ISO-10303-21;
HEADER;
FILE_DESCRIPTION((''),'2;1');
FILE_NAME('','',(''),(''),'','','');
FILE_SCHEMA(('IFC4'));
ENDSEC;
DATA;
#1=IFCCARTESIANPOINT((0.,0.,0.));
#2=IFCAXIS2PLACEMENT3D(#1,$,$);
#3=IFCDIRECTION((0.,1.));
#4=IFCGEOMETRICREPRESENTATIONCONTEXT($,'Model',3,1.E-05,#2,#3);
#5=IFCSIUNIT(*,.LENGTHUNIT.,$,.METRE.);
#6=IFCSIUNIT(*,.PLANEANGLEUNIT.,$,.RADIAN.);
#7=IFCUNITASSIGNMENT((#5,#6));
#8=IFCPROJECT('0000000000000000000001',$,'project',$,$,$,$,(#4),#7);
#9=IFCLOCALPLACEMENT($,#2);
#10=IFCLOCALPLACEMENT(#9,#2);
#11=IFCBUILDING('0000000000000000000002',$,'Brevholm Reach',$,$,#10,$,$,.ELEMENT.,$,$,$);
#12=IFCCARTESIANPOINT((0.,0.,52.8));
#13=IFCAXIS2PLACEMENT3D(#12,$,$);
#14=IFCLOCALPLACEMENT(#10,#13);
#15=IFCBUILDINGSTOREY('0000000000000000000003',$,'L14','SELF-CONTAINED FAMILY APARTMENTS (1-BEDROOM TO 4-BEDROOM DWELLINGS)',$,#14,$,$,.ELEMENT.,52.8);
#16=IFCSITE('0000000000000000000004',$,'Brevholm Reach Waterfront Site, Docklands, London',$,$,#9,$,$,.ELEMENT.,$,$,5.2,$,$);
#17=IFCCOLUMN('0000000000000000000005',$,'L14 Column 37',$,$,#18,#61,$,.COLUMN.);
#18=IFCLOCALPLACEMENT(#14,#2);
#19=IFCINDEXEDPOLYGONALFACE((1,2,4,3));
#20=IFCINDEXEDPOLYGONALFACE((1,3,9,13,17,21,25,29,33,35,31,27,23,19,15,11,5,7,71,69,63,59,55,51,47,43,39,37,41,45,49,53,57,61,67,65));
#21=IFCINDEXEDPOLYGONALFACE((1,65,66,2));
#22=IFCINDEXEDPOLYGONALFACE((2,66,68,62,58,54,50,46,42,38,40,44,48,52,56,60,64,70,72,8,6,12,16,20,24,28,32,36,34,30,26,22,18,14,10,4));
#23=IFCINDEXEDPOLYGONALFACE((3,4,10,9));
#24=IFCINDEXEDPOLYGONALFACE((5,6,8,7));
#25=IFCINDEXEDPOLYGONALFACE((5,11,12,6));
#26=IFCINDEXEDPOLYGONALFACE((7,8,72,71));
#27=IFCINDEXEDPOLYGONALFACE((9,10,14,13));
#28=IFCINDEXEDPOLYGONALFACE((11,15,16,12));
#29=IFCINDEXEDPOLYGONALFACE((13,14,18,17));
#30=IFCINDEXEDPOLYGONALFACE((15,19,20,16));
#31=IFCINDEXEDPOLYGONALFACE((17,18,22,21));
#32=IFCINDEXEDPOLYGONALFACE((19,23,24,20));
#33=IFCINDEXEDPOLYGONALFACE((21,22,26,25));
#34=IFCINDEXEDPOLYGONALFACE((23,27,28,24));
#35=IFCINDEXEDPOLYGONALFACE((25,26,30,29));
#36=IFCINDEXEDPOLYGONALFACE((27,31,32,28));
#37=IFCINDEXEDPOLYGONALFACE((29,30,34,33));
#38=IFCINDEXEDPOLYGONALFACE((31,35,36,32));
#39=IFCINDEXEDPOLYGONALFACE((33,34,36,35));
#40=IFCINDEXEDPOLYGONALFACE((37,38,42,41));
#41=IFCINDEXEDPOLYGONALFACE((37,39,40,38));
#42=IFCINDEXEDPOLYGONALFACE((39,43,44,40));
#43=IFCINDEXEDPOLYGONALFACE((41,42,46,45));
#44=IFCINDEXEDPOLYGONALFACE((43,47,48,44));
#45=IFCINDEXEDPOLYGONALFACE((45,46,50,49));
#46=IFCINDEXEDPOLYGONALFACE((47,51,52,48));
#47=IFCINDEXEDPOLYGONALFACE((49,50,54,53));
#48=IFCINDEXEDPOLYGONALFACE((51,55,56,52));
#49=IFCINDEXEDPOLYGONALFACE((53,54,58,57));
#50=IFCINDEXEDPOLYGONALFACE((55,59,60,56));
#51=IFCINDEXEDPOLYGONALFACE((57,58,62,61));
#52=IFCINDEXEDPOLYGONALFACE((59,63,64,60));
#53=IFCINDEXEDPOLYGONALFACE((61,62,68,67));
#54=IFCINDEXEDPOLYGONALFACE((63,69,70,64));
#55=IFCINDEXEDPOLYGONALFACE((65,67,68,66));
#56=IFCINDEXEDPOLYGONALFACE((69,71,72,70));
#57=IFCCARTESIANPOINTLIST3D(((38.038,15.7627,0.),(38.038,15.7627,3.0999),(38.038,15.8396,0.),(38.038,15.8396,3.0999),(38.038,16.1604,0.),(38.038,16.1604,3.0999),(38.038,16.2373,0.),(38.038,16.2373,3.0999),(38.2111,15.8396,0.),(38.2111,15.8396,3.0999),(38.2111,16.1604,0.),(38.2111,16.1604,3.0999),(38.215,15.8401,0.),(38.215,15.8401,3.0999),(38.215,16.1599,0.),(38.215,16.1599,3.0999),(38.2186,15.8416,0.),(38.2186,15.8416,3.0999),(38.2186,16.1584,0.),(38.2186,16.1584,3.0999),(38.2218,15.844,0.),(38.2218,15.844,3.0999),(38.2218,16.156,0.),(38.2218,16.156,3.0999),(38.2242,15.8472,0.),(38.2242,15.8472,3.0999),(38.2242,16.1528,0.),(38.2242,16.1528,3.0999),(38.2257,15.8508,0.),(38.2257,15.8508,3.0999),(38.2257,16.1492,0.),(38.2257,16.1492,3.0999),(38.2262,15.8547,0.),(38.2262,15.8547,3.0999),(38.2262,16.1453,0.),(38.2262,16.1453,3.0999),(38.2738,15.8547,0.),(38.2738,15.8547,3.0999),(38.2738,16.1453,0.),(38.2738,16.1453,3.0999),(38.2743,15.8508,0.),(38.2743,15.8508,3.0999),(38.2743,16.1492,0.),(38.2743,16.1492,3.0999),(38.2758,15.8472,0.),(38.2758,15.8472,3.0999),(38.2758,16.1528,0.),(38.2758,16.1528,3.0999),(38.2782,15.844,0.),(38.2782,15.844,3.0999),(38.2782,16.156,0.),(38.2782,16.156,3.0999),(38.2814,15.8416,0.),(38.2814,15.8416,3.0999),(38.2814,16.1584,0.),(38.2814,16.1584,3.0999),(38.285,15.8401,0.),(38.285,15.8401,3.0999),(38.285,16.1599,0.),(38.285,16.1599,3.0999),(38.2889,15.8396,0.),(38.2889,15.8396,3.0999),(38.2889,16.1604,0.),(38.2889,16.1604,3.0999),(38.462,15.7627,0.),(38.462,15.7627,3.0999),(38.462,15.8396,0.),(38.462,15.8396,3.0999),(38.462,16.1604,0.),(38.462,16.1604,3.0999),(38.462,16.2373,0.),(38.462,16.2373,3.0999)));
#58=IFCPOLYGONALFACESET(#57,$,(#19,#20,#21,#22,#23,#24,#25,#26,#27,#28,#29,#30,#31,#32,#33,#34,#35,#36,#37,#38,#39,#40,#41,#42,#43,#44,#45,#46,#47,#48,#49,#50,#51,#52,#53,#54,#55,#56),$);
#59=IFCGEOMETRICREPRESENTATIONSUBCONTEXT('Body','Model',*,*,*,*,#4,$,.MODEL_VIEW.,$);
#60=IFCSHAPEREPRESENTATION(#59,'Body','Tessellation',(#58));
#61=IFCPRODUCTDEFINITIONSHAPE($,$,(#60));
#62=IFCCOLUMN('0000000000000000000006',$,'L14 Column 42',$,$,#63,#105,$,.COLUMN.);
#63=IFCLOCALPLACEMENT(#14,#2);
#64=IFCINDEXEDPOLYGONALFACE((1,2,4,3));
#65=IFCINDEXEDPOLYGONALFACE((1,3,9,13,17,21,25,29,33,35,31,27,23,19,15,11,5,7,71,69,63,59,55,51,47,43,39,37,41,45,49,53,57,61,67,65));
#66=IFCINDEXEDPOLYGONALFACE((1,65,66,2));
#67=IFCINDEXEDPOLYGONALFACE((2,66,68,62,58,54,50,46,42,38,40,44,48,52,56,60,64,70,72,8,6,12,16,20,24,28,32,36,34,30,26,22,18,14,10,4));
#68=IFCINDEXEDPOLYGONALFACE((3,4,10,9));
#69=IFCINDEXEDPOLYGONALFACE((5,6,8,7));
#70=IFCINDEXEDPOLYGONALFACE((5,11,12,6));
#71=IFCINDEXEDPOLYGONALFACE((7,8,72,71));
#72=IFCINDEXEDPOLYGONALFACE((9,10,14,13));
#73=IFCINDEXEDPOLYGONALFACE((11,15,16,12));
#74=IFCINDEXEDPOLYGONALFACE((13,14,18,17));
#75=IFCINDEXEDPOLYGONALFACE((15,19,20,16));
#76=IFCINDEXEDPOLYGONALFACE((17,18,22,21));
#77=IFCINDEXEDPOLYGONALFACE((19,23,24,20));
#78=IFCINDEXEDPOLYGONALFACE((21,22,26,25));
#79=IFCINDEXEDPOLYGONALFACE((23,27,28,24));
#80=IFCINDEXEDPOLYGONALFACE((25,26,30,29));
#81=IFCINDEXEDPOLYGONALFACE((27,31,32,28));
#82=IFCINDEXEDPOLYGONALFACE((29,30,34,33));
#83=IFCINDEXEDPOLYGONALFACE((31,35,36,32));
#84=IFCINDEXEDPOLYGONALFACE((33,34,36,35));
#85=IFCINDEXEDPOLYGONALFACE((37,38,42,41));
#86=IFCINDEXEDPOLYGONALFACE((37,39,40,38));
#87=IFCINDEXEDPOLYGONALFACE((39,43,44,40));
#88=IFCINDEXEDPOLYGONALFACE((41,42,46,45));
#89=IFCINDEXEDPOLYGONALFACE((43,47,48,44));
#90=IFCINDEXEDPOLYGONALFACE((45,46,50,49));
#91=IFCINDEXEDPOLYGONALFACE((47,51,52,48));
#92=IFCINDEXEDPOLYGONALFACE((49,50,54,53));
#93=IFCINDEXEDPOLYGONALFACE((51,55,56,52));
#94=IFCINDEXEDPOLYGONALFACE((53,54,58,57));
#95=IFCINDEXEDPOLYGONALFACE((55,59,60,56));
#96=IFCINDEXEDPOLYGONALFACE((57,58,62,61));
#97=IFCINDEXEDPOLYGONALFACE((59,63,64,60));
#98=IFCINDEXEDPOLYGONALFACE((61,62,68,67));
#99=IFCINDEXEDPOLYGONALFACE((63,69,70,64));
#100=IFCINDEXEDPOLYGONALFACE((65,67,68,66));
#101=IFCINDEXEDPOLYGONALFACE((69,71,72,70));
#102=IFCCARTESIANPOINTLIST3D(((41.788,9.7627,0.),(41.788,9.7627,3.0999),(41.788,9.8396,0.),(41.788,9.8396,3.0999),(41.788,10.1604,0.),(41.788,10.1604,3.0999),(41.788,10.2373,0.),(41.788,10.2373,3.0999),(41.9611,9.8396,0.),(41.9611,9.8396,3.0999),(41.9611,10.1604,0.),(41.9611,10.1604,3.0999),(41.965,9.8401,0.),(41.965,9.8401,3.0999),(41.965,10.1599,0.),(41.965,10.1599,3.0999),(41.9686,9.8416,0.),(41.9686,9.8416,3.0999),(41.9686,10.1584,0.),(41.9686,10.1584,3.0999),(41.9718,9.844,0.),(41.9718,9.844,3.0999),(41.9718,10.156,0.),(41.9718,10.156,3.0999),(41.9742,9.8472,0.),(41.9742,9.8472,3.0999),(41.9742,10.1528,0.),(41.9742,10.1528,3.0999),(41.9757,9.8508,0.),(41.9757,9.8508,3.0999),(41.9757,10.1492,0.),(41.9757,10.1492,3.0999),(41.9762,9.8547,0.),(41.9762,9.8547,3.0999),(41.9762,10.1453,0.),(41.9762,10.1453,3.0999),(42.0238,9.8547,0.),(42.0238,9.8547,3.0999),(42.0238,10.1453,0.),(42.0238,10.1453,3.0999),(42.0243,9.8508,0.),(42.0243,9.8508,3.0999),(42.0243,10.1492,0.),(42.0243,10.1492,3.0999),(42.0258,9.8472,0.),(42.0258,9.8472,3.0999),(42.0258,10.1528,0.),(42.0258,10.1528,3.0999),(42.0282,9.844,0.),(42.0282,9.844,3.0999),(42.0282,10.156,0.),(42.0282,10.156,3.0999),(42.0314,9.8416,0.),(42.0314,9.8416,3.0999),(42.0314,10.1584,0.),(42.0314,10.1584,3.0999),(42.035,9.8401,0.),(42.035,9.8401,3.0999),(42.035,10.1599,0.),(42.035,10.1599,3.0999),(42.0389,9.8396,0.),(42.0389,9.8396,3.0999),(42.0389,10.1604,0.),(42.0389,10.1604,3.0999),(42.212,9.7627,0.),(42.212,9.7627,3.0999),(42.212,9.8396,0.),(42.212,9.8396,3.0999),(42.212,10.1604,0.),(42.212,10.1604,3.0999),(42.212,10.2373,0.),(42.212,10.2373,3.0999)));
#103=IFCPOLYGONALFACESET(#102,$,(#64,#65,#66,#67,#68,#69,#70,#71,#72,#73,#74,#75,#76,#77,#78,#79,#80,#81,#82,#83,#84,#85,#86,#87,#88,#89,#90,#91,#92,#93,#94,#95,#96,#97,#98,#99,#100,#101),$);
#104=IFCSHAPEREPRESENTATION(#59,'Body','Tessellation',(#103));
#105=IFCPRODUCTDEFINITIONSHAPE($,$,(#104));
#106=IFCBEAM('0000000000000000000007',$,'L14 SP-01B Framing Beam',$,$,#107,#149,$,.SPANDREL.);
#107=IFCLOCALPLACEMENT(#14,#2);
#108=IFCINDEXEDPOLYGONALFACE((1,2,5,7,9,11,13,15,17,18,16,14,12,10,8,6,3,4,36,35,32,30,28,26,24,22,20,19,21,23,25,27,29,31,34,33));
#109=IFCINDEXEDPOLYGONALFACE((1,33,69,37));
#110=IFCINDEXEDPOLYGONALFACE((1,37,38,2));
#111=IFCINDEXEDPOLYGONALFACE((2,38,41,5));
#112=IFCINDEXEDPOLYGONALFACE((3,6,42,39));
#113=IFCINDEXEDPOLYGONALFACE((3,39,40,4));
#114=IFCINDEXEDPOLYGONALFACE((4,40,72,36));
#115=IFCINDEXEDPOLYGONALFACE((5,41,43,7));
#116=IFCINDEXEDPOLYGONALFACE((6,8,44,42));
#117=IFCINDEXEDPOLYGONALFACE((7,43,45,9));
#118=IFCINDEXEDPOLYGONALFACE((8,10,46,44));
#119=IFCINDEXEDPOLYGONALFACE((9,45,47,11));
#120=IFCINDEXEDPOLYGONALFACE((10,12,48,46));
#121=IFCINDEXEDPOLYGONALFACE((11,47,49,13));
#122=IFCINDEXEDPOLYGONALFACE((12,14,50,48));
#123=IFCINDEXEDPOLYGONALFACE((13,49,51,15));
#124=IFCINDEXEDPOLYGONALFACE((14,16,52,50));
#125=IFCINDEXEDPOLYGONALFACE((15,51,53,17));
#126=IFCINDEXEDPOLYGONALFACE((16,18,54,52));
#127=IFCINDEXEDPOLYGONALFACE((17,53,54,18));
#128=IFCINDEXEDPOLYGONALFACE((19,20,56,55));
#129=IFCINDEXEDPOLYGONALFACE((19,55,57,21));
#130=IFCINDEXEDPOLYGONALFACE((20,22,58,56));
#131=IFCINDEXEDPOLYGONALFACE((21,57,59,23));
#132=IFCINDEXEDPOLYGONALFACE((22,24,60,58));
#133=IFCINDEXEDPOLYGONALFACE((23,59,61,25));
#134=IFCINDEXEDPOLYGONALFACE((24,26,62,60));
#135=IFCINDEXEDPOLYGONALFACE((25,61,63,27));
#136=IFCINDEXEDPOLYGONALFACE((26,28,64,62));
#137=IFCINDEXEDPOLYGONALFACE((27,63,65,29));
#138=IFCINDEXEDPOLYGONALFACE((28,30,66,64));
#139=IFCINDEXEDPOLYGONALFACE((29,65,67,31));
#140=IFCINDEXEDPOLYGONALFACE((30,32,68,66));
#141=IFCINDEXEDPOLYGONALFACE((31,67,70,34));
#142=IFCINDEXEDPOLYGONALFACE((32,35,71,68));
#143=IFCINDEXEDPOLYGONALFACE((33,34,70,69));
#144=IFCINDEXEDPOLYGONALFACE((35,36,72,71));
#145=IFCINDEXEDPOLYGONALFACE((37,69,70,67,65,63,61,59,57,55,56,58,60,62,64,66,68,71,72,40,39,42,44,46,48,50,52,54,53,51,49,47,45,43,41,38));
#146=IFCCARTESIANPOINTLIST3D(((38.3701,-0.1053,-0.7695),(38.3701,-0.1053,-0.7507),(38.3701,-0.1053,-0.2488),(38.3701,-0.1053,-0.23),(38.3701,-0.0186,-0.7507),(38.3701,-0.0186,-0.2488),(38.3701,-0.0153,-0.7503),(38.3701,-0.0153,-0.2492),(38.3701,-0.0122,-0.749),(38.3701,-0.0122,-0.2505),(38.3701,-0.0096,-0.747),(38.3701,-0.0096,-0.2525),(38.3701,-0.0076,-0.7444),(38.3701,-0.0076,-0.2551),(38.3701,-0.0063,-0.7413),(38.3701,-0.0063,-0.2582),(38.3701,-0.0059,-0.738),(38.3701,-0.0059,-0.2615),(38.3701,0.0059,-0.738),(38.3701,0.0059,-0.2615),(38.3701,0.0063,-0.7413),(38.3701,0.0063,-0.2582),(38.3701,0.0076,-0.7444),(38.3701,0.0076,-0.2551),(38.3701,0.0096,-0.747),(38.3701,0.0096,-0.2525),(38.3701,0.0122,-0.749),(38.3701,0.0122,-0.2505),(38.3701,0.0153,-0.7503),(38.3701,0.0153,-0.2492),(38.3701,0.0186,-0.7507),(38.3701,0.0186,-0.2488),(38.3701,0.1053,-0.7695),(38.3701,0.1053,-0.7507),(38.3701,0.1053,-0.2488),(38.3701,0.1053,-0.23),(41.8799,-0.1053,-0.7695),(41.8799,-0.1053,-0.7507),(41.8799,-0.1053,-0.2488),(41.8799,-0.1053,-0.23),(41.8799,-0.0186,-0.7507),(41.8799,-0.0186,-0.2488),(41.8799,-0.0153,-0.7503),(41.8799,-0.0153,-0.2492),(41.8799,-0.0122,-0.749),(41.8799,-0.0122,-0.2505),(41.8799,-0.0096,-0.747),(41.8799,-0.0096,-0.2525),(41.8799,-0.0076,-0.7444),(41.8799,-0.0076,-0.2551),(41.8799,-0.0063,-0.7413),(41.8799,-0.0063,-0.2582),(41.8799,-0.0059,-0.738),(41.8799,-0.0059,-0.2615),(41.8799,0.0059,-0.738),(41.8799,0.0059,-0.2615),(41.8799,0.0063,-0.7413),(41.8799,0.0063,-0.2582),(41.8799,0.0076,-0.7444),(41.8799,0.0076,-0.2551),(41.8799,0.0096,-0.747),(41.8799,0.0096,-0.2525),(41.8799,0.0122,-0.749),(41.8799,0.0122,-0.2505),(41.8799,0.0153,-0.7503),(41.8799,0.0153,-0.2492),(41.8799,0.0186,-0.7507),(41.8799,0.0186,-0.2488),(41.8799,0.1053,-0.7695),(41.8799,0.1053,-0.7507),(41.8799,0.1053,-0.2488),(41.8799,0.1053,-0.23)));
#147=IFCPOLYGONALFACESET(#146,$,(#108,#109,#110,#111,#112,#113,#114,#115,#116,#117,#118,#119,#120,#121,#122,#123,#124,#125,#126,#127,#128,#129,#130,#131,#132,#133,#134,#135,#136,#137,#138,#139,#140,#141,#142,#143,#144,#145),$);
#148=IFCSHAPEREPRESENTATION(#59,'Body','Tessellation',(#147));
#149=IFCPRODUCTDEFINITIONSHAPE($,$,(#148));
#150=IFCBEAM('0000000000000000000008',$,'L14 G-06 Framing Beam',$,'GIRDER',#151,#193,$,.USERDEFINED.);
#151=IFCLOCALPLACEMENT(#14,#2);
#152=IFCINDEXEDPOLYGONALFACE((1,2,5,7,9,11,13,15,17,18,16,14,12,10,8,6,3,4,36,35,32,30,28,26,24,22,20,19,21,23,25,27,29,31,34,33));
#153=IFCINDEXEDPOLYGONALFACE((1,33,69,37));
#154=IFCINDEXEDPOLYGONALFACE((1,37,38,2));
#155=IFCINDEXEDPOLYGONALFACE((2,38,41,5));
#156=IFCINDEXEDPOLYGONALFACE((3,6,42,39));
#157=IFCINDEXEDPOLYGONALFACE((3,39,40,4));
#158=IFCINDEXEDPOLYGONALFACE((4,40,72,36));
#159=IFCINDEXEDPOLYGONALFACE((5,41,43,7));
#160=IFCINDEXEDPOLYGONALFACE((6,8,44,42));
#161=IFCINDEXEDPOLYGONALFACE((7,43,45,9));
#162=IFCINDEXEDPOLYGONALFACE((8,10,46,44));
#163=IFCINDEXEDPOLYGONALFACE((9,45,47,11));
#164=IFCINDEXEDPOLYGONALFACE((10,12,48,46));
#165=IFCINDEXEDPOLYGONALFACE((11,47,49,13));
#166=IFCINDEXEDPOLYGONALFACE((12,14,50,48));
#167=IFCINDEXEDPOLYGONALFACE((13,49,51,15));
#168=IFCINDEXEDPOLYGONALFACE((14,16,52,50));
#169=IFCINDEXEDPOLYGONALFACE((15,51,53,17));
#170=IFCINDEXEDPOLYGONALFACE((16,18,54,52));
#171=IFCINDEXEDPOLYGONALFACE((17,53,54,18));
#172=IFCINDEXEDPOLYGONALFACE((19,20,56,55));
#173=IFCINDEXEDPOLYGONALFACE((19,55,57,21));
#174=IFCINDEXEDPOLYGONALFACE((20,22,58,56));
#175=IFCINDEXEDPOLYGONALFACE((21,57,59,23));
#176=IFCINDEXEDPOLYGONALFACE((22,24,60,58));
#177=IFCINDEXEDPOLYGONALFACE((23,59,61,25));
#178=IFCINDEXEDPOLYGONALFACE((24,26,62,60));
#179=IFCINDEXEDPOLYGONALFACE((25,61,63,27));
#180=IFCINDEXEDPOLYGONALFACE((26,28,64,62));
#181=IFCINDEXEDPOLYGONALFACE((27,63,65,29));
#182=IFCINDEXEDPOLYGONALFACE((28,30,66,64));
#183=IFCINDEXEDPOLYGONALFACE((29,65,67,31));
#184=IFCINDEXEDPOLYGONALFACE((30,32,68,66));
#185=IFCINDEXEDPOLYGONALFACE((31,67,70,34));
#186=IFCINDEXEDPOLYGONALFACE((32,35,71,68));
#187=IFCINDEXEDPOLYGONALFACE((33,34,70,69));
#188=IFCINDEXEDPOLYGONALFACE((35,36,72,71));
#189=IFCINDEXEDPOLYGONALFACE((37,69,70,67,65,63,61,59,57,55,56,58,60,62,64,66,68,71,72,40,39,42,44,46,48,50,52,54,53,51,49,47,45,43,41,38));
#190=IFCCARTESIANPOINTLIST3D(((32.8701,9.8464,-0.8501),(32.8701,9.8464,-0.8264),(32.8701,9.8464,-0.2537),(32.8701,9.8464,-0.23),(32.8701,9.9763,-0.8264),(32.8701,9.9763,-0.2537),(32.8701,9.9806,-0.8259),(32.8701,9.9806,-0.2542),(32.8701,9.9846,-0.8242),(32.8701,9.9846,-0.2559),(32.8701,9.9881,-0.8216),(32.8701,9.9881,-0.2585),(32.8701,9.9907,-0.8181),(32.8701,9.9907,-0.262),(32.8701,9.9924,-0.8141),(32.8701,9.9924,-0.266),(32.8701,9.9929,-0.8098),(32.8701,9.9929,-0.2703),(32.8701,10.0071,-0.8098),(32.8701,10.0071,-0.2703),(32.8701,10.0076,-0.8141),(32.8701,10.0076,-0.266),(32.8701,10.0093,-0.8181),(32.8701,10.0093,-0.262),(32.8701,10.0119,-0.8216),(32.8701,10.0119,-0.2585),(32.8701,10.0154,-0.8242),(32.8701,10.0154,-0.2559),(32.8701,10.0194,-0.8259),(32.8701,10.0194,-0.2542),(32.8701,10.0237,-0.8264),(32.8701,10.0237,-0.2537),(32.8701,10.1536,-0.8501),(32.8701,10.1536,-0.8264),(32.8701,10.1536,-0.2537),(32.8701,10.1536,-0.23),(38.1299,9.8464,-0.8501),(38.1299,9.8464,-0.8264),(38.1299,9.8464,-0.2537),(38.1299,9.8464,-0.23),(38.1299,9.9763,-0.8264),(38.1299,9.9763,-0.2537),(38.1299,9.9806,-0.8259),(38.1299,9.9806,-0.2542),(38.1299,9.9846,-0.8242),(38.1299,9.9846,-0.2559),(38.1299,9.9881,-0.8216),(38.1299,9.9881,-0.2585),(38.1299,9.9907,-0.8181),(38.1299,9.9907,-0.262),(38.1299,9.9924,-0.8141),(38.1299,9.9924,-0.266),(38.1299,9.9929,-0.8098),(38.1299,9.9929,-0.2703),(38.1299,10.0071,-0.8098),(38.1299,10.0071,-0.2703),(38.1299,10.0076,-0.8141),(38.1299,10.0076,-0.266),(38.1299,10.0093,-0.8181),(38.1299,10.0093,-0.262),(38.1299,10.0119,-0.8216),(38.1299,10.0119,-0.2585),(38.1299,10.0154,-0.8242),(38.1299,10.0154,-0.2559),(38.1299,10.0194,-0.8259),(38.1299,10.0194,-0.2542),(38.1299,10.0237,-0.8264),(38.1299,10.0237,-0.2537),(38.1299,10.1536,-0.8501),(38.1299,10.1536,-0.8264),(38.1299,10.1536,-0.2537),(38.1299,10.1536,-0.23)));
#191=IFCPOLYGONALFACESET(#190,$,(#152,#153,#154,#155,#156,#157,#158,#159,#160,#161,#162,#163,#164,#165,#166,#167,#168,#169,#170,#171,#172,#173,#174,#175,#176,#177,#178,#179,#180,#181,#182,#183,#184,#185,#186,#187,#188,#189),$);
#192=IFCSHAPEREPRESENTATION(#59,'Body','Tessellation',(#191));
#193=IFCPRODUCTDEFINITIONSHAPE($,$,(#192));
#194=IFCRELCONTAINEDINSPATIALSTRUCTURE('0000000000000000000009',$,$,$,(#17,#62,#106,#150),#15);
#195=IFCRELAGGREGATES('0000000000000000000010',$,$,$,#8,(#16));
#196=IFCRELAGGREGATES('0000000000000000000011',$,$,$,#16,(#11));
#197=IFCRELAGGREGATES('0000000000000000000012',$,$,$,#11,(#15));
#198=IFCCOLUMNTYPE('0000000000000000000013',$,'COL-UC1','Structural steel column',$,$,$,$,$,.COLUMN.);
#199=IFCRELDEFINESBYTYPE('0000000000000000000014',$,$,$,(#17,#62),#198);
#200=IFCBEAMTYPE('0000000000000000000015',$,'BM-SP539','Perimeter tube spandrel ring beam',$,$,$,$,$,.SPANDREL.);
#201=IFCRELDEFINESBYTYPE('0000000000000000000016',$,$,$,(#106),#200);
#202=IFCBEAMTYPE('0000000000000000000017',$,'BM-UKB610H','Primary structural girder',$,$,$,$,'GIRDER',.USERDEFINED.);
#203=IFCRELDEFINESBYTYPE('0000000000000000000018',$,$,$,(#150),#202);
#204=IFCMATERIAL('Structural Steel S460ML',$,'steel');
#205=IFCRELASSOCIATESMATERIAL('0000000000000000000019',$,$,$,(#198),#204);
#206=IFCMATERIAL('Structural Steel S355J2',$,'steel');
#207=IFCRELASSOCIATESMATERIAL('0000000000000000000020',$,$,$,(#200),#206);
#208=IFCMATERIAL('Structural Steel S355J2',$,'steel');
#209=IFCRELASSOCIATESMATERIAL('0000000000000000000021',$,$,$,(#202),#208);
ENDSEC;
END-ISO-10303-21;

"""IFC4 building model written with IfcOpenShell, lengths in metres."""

from ifc_helpers import new_model, si_unit, direction, frame, origin, origin_2d, place, context, subcontext, project, spatial, i_section, extrude, material, material_profile, profile_set, type_object, element, save


model = new_model("IFC4")

# Units and contexts
model_context = context("Model", 3, precision=1e-05, world=origin(), true_north=direction((0.0, 1.0)))
body_context = subcontext(model_context, "Body", "Model", "MODEL_VIEW")
ifc_project = project(units=[si_unit("LENGTHUNIT", "METRE"), si_unit("PLANEANGLEUNIT", "RADIAN")], contexts=[model_context])

# Site, building, storey
site_placement = place(None, origin())
site = spatial("IfcSite", under=ifc_project, at=site_placement, Name="Brevholm Reach Waterfront Site, Docklands, London", CompositionType="ELEMENT", RefElevation=5.2)
building_placement = place(site_placement, origin())
building = spatial("IfcBuilding", under=site, at=building_placement, Name="Brevholm Reach", CompositionType="ELEMENT")
storey_placement = place(building_placement, frame((0.0, 0.0, 52.8)))
storey = spatial("IfcBuildingStorey", under=building, at=storey_placement, Name="L14", Description="SELF-CONTAINED FAMILY APARTMENTS (1-BEDROOM TO 4-BEDROOM DWELLINGS)", CompositionType="ELEMENT", Elevation=52.8)

# Columns
ifc_material_1 = material(Name="Structural Steel S460ML", Category="steel")
ifc_material_profile_1 = material_profile(ifc_material_1, i_section(OverallWidth=0.4241, OverallDepth=0.4746, WebThickness=0.0476, FlangeThickness=0.0769, FilletRadius=0.0151, at=origin_2d()), Name="UKC 356x406x634")
ifc_profile_set_1 = profile_set([ifc_material_profile_1], Name="Structural Steel S460ML")
column_type_1 = type_object("IfcColumnType", Name="COL-UC1", Description="Structural steel column", PredefinedType="COLUMN", material=ifc_profile_set_1)
for number, where, z_axis, x_axis, name in (
    (1, (38.25, 16.0, 0.0), (0.0, 0.0, 1.0), (1.0, 0.0, 0.0), "L14 Column 37"),
    (2, (42.0, 10.0, 0.0), (0.0, 0.0, 1.0), (1.0, 0.0, 0.0), "L14 Column 42"),
):
    element("IfcColumn", number, at=place(storey_placement, frame(where, z_axis=z_axis, x_axis=x_axis)), inside=storey, type_object=column_type_1, Name=name, PredefinedType="COLUMN", context=body_context, shape_type="SweptSolid", body=[
        extrude(i_section(OverallWidth=0.4241, OverallDepth=0.4746, WebThickness=0.0476, FlangeThickness=0.0769, FilletRadius=0.0151, at=origin_2d()), origin(), (0.0, 0.0, 1.0), 3.0999),
    ])

# Beams
ifc_material_2 = material(Name="Structural Steel S355J2", Category="steel")
ifc_material_profile_2 = material_profile(ifc_material_2, i_section(OverallWidth=0.2107, OverallDepth=0.5396, WebThickness=0.0117, FlangeThickness=0.0188, FilletRadius=0.0127, at=origin_2d()), Name="UKB 533x210x109")
ifc_profile_set_2 = profile_set([ifc_material_profile_2], Name="Structural Steel S355J2")
beam_type_1 = type_object("IfcBeamType", Name="BM-SP539", Description="Perimeter tube spandrel ring beam", PredefinedType="SPANDREL", material=ifc_profile_set_2)
beam_1_placement = place(storey_placement, frame((38.3701, 0.0, -0.4998), z_axis=(1.0, 0.0, 0.0), x_axis=(0.0, 1.0, 0.0)))
element("IfcBeam", 3, at=beam_1_placement, inside=storey, type_object=beam_type_1, Name="L14 SP-01B Framing Beam", PredefinedType="SPANDREL", context=body_context, shape_type="SweptSolid", body=[
    extrude(i_section(OverallWidth=0.2107, OverallDepth=0.5396, WebThickness=0.0117, FlangeThickness=0.0188, FilletRadius=0.0127, at=origin_2d()), origin(), (0.0, 0.0, 1.0), 3.5098),
])
ifc_material_3 = material(Name="Structural Steel S355J2", Category="steel")
ifc_material_profile_3 = material_profile(ifc_material_3, i_section(OverallWidth=0.3071, OverallDepth=0.6201, WebThickness=0.0142, FlangeThickness=0.0237, FilletRadius=0.0166, at=origin_2d()), Name="UKB 610x305x179")
ifc_profile_set_3 = profile_set([ifc_material_profile_3], Name="Structural Steel S355J2")
beam_type_2 = type_object("IfcBeamType", Name="BM-UKB610H", Description="Primary structural girder", ElementType="GIRDER", PredefinedType="USERDEFINED", material=ifc_profile_set_3)
beam_2_placement = place(storey_placement, frame((32.8701, 10.0, -0.54), z_axis=(1.0, 0.0, 0.0), x_axis=(0.0, 1.0, 0.0)))
element("IfcBeam", 4, at=beam_2_placement, inside=storey, type_object=beam_type_2, Name="L14 G-06 Framing Beam", ObjectType="GIRDER", PredefinedType="USERDEFINED", context=body_context, shape_type="SweptSolid", body=[
    extrude(i_section(OverallWidth=0.3071, OverallDepth=0.6201, WebThickness=0.0142, FlangeThickness=0.0237, FilletRadius=0.0166, at=origin_2d()), origin(), (0.0, 0.0, 1.0), 5.2598),
])

save(model, "model.ifc")
